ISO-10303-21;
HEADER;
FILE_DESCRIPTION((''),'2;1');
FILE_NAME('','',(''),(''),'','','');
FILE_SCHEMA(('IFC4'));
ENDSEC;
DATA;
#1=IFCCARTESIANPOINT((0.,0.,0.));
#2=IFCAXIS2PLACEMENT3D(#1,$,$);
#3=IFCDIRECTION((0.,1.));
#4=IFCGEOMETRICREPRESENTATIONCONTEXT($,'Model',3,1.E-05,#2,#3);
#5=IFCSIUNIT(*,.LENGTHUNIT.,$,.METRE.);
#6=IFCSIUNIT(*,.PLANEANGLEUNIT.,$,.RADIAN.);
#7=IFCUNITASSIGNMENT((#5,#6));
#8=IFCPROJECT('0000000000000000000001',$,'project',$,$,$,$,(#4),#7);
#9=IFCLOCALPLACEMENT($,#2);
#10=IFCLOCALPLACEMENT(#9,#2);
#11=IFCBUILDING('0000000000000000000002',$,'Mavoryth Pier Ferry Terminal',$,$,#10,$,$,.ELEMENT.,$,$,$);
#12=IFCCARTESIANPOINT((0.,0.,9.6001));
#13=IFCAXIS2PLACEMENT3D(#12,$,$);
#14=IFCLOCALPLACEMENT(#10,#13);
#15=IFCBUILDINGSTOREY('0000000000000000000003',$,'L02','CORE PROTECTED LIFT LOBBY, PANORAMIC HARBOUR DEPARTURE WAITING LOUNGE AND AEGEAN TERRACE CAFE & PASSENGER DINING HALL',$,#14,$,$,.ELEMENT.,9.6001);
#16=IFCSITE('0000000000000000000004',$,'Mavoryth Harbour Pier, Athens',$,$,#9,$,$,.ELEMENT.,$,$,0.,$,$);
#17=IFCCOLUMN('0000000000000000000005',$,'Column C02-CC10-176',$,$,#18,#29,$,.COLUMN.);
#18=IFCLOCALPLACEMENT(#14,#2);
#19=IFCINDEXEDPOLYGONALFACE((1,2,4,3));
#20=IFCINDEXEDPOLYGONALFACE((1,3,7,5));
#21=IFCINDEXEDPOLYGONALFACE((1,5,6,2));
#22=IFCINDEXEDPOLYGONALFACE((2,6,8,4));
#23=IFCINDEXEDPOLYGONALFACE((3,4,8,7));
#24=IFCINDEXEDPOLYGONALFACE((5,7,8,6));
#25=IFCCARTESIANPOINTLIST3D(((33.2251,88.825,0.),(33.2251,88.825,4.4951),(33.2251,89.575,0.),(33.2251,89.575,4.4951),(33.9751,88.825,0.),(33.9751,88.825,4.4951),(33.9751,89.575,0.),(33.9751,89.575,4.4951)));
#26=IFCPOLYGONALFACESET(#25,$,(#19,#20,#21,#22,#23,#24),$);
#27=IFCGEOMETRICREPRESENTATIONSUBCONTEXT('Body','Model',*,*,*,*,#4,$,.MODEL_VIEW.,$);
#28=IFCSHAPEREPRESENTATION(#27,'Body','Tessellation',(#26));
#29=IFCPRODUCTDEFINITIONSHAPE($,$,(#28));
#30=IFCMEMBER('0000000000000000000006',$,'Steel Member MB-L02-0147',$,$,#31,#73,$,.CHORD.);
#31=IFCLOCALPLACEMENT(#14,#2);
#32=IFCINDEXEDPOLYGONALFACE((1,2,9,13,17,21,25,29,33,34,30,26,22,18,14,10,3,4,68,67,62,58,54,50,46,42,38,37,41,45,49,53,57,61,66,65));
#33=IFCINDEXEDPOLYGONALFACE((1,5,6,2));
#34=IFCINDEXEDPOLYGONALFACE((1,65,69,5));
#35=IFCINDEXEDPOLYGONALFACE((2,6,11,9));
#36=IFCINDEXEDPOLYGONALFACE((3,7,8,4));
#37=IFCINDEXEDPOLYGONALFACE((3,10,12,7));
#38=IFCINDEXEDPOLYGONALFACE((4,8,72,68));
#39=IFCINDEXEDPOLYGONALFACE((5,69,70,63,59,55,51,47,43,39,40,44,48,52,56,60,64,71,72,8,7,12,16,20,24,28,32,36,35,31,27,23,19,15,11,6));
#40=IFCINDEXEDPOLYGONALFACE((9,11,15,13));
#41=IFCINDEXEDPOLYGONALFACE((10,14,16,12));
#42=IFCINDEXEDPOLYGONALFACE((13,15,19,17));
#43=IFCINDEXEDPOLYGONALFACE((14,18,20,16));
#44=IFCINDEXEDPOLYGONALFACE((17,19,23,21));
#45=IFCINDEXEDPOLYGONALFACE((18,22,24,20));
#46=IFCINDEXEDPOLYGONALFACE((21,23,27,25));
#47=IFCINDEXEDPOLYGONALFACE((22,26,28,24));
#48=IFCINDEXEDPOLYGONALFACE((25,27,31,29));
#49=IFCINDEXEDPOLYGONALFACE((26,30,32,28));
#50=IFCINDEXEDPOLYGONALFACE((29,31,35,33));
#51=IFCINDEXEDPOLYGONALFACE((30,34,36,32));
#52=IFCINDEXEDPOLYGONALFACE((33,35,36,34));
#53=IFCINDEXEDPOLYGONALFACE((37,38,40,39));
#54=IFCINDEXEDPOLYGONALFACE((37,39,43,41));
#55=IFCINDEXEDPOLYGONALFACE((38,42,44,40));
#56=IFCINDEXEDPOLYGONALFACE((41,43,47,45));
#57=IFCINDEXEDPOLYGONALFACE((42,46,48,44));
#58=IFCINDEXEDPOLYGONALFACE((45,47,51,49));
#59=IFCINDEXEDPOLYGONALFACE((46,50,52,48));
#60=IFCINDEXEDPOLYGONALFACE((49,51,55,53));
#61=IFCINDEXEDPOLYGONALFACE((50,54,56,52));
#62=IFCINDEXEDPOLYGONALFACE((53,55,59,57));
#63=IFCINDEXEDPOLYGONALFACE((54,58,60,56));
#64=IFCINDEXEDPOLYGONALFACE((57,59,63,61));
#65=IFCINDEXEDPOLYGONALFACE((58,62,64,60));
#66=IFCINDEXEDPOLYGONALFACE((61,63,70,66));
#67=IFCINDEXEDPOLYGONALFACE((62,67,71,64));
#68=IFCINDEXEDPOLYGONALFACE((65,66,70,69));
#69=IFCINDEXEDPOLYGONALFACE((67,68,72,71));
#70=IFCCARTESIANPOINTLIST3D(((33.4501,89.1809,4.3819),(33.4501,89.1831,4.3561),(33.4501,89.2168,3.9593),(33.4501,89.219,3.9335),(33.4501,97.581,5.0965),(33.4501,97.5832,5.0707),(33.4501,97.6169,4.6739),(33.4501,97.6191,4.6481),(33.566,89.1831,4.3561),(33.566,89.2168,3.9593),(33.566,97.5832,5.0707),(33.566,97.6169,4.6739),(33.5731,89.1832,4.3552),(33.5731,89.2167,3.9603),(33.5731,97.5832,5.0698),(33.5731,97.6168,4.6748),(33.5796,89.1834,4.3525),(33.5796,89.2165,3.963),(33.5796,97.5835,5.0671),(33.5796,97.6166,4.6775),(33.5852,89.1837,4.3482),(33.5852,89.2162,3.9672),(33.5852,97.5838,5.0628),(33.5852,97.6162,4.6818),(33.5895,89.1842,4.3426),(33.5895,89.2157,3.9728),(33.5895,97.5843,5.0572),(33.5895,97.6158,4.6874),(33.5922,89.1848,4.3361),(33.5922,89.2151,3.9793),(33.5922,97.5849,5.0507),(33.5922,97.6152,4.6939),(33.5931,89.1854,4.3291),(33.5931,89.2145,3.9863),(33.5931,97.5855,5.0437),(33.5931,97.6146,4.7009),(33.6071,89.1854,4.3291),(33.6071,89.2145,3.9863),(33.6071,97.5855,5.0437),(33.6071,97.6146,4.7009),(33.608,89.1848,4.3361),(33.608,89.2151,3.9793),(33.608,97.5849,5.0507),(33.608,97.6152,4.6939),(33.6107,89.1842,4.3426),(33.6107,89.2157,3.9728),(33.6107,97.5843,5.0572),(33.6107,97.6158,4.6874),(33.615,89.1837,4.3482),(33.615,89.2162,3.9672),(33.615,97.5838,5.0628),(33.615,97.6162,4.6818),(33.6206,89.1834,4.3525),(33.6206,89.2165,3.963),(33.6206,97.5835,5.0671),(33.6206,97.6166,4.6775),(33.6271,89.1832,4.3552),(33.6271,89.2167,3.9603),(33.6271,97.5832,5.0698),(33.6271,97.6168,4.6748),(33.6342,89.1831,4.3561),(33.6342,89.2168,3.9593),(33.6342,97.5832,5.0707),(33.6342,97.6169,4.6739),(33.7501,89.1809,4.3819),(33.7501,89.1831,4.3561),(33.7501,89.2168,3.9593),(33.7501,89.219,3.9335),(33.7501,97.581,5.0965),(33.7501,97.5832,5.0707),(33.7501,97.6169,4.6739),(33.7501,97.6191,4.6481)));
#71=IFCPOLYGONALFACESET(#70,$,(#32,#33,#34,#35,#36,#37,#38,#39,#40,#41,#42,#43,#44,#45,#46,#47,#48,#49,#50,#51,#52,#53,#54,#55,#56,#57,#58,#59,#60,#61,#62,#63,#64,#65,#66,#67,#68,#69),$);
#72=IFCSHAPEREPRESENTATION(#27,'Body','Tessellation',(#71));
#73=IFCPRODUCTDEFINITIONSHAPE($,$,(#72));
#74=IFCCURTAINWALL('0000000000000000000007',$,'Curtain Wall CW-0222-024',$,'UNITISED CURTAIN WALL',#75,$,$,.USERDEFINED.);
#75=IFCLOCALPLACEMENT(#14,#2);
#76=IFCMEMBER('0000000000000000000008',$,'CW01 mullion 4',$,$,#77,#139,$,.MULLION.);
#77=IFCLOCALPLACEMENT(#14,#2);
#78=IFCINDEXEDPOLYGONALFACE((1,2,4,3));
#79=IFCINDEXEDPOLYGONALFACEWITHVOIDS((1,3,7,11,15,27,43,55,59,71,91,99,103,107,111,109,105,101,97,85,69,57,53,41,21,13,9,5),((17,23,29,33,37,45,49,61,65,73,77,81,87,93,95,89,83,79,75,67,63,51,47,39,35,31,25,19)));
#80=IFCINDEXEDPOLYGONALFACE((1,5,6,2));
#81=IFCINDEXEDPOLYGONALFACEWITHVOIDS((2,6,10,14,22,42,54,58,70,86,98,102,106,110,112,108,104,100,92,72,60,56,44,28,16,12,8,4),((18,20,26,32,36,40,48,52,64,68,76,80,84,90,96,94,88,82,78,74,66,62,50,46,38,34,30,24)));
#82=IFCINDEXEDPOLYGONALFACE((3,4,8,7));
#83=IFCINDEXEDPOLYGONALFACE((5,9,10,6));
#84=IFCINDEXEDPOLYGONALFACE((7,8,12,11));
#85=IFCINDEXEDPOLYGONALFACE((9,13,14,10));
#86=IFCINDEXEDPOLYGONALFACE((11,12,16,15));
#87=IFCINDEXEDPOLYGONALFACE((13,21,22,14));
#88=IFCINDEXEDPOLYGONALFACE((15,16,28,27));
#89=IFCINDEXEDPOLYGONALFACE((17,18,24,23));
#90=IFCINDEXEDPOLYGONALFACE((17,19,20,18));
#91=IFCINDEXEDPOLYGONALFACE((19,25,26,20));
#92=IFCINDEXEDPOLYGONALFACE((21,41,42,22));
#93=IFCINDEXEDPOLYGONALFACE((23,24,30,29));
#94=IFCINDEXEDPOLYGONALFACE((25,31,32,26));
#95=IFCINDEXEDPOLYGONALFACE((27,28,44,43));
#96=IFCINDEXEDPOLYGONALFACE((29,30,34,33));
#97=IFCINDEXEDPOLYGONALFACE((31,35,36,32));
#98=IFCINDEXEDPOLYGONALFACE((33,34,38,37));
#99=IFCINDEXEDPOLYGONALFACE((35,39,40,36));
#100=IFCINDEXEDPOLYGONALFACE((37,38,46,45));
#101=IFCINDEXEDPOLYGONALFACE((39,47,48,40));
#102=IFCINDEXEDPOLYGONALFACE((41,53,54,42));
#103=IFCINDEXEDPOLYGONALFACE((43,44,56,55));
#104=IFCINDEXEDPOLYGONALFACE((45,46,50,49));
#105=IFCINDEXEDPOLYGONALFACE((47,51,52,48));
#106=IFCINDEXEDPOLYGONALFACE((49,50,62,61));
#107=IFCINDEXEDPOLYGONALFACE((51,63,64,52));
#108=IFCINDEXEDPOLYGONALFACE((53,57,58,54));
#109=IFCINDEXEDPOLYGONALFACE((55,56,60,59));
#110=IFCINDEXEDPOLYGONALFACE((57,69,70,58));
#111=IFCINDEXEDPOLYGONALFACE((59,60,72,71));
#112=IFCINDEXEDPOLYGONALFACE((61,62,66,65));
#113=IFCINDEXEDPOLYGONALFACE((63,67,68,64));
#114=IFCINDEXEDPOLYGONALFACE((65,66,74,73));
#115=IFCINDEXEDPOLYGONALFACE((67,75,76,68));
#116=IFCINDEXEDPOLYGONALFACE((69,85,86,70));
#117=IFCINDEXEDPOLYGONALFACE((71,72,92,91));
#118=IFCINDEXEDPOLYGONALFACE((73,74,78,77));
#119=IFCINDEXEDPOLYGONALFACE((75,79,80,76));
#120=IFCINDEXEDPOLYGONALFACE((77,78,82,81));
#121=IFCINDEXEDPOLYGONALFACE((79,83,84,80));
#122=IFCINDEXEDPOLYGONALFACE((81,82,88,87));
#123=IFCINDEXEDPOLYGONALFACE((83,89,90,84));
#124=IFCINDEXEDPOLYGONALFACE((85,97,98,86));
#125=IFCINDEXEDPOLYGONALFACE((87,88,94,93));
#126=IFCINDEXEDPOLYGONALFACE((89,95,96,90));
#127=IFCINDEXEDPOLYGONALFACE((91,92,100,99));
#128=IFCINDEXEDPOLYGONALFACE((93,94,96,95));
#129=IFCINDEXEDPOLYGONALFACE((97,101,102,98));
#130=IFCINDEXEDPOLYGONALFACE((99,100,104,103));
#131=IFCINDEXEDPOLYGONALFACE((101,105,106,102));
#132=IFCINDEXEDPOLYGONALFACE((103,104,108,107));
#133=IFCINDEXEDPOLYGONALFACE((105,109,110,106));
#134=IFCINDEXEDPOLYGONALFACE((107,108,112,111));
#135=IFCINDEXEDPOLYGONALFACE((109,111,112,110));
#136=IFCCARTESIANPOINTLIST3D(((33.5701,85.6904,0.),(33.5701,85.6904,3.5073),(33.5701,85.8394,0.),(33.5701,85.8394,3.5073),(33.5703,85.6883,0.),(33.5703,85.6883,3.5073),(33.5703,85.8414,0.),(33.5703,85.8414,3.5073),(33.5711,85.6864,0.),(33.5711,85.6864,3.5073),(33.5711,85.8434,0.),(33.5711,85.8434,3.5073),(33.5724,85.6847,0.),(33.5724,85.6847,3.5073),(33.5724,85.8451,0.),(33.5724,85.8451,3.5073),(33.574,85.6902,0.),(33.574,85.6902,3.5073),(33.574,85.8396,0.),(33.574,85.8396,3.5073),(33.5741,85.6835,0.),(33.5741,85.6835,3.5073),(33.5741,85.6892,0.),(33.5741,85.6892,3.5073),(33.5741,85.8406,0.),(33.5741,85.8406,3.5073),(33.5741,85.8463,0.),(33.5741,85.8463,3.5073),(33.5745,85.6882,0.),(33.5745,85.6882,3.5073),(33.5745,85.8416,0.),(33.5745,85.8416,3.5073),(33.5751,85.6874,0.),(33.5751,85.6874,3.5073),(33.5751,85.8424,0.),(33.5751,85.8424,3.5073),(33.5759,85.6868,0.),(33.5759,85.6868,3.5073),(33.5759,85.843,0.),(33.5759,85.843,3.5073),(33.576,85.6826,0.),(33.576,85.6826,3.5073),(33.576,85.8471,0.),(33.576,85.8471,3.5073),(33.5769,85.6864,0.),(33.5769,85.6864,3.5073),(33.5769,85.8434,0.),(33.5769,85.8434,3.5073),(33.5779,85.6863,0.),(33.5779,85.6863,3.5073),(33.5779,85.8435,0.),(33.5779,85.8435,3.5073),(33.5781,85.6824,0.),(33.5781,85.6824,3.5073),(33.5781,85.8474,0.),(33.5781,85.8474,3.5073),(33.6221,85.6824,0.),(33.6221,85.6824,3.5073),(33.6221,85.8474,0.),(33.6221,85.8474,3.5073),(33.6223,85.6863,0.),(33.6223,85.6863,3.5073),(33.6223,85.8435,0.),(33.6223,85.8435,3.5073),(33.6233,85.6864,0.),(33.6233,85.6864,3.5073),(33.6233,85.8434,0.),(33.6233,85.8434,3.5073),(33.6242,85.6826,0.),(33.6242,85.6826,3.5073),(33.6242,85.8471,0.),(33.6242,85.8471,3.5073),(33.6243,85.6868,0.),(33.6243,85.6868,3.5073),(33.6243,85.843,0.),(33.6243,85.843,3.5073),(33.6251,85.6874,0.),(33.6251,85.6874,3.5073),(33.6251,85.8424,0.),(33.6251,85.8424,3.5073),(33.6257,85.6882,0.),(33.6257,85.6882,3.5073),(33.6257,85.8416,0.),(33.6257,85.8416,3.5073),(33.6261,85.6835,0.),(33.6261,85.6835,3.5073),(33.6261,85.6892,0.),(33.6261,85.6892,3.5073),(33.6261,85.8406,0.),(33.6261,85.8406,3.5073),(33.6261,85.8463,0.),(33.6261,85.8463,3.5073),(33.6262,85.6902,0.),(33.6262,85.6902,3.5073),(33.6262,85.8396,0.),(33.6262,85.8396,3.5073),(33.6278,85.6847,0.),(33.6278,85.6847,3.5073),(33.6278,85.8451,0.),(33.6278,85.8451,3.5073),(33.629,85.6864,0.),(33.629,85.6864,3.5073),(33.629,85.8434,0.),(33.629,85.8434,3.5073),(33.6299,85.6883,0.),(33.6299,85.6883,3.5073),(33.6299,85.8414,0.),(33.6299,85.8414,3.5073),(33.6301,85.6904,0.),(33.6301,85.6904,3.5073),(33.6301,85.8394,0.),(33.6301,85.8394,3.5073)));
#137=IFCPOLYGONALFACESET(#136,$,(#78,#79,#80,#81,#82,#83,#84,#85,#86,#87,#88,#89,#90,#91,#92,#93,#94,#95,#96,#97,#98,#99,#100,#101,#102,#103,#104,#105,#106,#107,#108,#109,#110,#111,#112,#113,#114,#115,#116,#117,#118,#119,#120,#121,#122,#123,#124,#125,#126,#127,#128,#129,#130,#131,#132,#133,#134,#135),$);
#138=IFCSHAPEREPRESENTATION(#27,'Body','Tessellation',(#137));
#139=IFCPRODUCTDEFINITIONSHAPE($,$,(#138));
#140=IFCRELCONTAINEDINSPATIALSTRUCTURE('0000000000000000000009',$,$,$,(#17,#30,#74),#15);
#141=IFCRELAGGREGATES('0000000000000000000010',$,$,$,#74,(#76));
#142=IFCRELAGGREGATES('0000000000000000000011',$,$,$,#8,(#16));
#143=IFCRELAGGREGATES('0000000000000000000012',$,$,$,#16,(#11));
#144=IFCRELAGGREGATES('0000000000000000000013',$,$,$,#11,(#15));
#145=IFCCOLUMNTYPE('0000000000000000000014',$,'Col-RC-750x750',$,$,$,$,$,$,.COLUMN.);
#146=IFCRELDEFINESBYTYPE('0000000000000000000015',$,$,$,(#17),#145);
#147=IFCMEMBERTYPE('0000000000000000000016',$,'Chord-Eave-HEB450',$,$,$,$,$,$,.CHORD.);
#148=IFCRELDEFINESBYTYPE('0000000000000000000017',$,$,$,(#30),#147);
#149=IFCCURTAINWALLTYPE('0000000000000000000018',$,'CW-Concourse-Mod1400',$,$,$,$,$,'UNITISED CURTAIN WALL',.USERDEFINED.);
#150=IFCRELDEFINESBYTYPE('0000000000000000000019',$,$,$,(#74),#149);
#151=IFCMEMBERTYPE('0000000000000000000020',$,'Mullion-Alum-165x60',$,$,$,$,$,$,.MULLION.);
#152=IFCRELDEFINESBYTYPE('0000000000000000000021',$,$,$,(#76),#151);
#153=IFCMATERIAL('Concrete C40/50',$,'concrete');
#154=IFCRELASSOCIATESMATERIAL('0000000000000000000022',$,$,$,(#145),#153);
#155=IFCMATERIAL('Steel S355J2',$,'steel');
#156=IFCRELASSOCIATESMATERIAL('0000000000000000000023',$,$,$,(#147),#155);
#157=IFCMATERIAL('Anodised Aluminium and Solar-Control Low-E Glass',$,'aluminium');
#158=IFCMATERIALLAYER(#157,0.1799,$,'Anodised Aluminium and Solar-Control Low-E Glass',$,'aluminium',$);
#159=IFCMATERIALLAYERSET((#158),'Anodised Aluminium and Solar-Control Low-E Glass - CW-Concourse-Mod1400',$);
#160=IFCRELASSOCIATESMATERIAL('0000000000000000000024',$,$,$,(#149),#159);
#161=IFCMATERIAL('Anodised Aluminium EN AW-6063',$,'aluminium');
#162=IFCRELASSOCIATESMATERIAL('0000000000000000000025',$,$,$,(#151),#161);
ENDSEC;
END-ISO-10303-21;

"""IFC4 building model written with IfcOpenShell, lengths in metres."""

from ifc_helpers import new_model, si_unit, direction, frame, origin, origin_2d, place, context, subcontext, project, spatial, rectangle, hollow_rectangle, i_section, extrude, material, layer, layer_set, material_profile, profile_set, type_object, element, aggregate, save


model = new_model("IFC4")

# Units and contexts
model_context = context("Model", 3, precision=1e-05, world=origin(), true_north=direction((0.0, 1.0)))
body_context = subcontext(model_context, "Body", "Model", "MODEL_VIEW")
ifc_project = project(units=[si_unit("LENGTHUNIT", "METRE"), si_unit("PLANEANGLEUNIT", "RADIAN")], contexts=[model_context])

# Site, building, storey
site_placement = place(None, origin())
site = spatial("IfcSite", under=ifc_project, at=site_placement, Name="Mavoryth Harbour Pier, Athens", CompositionType="ELEMENT", RefElevation=0.0)
building_placement = place(site_placement, origin())
building = spatial("IfcBuilding", under=site, at=building_placement, Name="Mavoryth Pier Ferry Terminal", CompositionType="ELEMENT")
storey_placement = place(building_placement, frame((0.0, 0.0, 9.6001)))
storey = spatial("IfcBuildingStorey", under=building, at=storey_placement, Name="L02", Description="CORE PROTECTED LIFT LOBBY, PANORAMIC HARBOUR DEPARTURE WAITING LOUNGE AND AEGEAN TERRACE CAFE & PASSENGER DINING HALL", CompositionType="ELEMENT", Elevation=9.6001)

# Column
ifc_material_1 = material(Name="Concrete C40/50", Category="concrete")
ifc_material_profile_1 = material_profile(ifc_material_1, rectangle(XDim=0.75, YDim=0.75, at=origin_2d()), Name="RC 750x750", Category="concrete")
ifc_profile_set_1 = profile_set([ifc_material_profile_1], Name="Concrete C40/50 - RC 750x750")
column_type = type_object("IfcColumnType", Name="Col-RC-750x750", PredefinedType="COLUMN", material=ifc_profile_set_1)
column_placement = place(storey_placement, frame((33.6001, 89.2, 0.0), z_axis=(0.0, 0.0, 1.0), x_axis=(1.0, 0.0, 0.0)))
element("IfcColumn", 1, at=column_placement, inside=storey, type_object=column_type, Name="Column C02-CC10-176", PredefinedType="COLUMN", context=body_context, shape_type="SweptSolid", body=[
    extrude(rectangle(XDim=0.75, YDim=0.75, at=origin_2d()), origin(), (0.0, 0.0, 1.0), 4.4951),
])

# Member
ifc_material_2 = material(Name="Steel S355J2", Category="steel")
ifc_material_profile_2 = material_profile(ifc_material_2, i_section(OverallWidth=0.3, OverallDepth=0.45, WebThickness=0.0139, FlangeThickness=0.0259, FilletRadius=0.0271, at=origin_2d()), Name="HEB 450", Category="steel")
ifc_profile_set_2 = profile_set([ifc_material_profile_2], Name="Steel S355J2 - HEB 450")
member_type_1 = type_object("IfcMemberType", Name="Chord-Eave-HEB450", PredefinedType="CHORD", material=ifc_profile_set_2)
member_1_placement = place(storey_placement, frame((33.6001, 89.2, 4.1577), z_axis=(0.0, 0.996401, 0.084764), x_axis=(-1.0, 0.0, 0.0)))
element("IfcMember", 2, at=member_1_placement, inside=storey, type_object=member_type_1, Name="Steel Member MB-L02-0147", PredefinedType="CHORD", context=body_context, shape_type="SweptSolid", body=[
    extrude(i_section(OverallWidth=0.3, OverallDepth=0.45, WebThickness=0.0139, FlangeThickness=0.0259, FilletRadius=0.0271, at=origin_2d()), origin(), (0.0, 0.0, 1.0), 8.4304),
])

# Curtain wall, member
ifc_material_3 = material(Name="Anodised Aluminium and Solar-Control Low-E Glass", Category="aluminium")
ifc_layer_1 = layer(ifc_material_3, 0.1799, Name="Anodised Aluminium and Solar-Control Low-E Glass", Category="aluminium")
ifc_layer_set_1 = layer_set([ifc_layer_1], Name="Anodised Aluminium and Solar-Control Low-E Glass - CW-Concourse-Mod1400")
curtain_wall_type = type_object("IfcCurtainWallType", Name="CW-Concourse-Mod1400", ElementType="UNITISED CURTAIN WALL", PredefinedType="USERDEFINED", material=ifc_layer_set_1)
curtain_wall_1_placement = place(storey_placement, origin())
curtain_wall_1 = element("IfcCurtainWall", 3, at=curtain_wall_1_placement, inside=storey, type_object=curtain_wall_type, Name="Curtain Wall CW-0222-024", ObjectType="UNITISED CURTAIN WALL", PredefinedType="USERDEFINED")
ifc_material_4 = material(Name="Anodised Aluminium EN AW-6063", Category="aluminium")
ifc_material_profile_3 = material_profile(ifc_material_4, hollow_rectangle(XDim=0.0601, YDim=0.165, WallThickness=0.0039, InnerFilletRadius=0.0039, OuterFilletRadius=0.0081, at=origin_2d()), Name="AL-MULL 165x60x4", Category="aluminium")
ifc_profile_set_3 = profile_set([ifc_material_profile_3], Name="Anodised Aluminium EN AW-6063 - AL-MULL 165x60x4")
member_type_2 = type_object("IfcMemberType", Name="Mullion-Alum-165x60", PredefinedType="MULLION", material=ifc_profile_set_3)
member_2_placement = place(storey_placement, frame((33.6001, 85.7649, 0.0), z_axis=(0.0, 0.0, 1.0), x_axis=(-1.0, 0.0, 0.0)))
member_2 = element("IfcMember", 4, at=member_2_placement, type_object=member_type_2, Name="CW01 mullion 4", PredefinedType="MULLION", context=body_context, shape_type="SweptSolid", body=[
    extrude(hollow_rectangle(XDim=0.0601, YDim=0.165, WallThickness=0.0039, InnerFilletRadius=0.0039, OuterFilletRadius=0.0081, at=origin_2d()), origin(), (0.0, 0.0, 1.0), 3.5073),
])

aggregate(curtain_wall_1, [member_2])

save(model, "model.ifc")
